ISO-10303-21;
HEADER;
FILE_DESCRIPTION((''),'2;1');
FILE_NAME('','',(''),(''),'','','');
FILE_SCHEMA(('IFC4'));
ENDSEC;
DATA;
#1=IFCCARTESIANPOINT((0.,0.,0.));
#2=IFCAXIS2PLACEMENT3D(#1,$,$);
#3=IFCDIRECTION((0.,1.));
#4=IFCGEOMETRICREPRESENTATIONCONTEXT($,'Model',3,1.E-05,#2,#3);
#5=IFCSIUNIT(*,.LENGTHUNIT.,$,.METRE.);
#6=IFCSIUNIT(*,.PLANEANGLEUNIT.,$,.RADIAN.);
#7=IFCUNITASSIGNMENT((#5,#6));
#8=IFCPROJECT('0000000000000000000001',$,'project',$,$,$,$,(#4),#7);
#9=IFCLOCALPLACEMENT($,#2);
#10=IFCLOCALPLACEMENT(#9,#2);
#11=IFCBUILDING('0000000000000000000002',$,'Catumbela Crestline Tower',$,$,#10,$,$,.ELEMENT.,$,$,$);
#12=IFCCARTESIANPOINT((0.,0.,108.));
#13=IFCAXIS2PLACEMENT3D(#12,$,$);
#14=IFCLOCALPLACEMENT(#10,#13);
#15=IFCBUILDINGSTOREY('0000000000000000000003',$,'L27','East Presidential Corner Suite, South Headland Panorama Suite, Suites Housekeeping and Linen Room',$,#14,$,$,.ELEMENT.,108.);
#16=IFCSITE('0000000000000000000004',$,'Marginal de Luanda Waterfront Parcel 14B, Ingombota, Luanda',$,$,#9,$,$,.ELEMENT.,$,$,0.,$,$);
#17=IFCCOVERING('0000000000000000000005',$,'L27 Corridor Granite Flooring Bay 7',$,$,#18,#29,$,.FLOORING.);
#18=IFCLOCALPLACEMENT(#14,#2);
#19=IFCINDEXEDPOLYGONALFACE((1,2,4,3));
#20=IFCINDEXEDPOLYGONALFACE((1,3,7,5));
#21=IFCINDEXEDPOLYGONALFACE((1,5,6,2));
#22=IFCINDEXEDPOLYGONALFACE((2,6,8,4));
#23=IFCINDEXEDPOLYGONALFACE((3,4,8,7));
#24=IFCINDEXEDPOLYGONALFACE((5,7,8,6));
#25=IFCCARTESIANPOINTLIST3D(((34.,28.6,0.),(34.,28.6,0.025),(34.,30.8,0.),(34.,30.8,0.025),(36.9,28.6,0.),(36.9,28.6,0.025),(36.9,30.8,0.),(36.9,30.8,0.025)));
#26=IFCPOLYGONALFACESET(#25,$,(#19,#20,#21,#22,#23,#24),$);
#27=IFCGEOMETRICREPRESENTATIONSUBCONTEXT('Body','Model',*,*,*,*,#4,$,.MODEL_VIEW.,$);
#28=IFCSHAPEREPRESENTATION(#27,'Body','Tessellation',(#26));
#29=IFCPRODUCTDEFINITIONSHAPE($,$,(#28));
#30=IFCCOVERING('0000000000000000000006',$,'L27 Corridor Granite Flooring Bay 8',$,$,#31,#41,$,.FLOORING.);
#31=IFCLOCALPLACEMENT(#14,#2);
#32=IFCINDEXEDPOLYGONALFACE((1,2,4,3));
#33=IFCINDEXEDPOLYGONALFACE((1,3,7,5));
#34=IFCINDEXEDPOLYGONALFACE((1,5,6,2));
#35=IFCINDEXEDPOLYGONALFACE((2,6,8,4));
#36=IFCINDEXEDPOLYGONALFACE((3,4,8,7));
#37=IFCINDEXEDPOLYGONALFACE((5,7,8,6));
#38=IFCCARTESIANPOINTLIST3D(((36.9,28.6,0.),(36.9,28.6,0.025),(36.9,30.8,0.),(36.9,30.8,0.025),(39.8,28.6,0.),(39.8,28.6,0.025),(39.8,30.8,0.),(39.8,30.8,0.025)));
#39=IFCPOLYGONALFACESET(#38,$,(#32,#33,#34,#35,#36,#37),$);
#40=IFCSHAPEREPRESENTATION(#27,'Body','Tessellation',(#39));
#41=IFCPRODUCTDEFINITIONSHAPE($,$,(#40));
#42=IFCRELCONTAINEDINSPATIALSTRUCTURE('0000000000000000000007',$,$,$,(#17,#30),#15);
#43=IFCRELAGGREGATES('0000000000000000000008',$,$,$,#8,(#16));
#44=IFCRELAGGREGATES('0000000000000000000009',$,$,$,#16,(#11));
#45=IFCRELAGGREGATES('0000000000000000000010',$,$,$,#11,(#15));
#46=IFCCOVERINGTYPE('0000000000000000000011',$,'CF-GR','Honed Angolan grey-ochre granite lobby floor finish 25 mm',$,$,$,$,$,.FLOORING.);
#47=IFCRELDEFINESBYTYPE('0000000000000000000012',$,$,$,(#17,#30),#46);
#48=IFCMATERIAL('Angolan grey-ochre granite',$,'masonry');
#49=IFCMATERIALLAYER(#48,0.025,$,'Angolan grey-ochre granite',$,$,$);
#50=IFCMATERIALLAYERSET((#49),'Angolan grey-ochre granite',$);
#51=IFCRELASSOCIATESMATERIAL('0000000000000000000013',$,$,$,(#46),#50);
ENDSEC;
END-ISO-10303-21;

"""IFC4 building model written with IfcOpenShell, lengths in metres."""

from ifc_helpers import new_model, si_unit, direction, frame, origin, place, context, subcontext, project, spatial, polyline, outline, extrude, material, layer, layer_set, type_object, element, save


model = new_model("IFC4")

# Units and contexts
model_context = context("Model", 3, precision=1e-05, world=origin(), true_north=direction((0.0, 1.0)))
body_context = subcontext(model_context, "Body", "Model", "MODEL_VIEW")
ifc_project = project(units=[si_unit("LENGTHUNIT", "METRE"), si_unit("PLANEANGLEUNIT", "RADIAN")], contexts=[model_context])

# Site, building, storey
site_placement = place(None, origin())
site = spatial("IfcSite", under=ifc_project, at=site_placement, Name="Marginal de Luanda Waterfront Parcel 14B, Ingombota, Luanda", CompositionType="ELEMENT", RefElevation=0.0)
building_placement = place(site_placement, origin())
building = spatial("IfcBuilding", under=site, at=building_placement, Name="Catumbela Crestline Tower", CompositionType="ELEMENT")
storey_placement = place(building_placement, frame((0.0, 0.0, 108.0)))
storey = spatial("IfcBuildingStorey", under=building, at=storey_placement, Name="L27", Description="East Presidential Corner Suite, South Headland Panorama Suite, Suites Housekeeping and Linen Room", CompositionType="ELEMENT", Elevation=108.0)

# Shared definitions
ifc_material_1 = material(Name="Angolan grey-ochre granite", Category="masonry")

# Coverings
ifc_layer_1 = layer(ifc_material_1, 0.025, Name="Angolan grey-ochre granite")
ifc_layer_set_1 = layer_set([ifc_layer_1], Name="Angolan grey-ochre granite")
covering_type_1 = type_object("IfcCoveringType", Name="CF-GR", Description="Honed Angolan grey-ochre granite lobby floor finish 25 mm", PredefinedType="FLOORING", material=ifc_layer_set_1)
covering_1_placement = place(storey_placement, origin())
element("IfcCovering", 1, at=covering_1_placement, inside=storey, type_object=covering_type_1, Name="L27 Corridor Granite Flooring Bay 7", PredefinedType="FLOORING", context=body_context, shape_type="SweptSolid", body=[
    extrude(outline(polyline([(34.0, 28.6), (36.9, 28.6), (36.9, 30.8), (34.0, 30.8), (34.0, 28.6)])), origin(), (0.0, 0.0, 1.0), 0.025),
])
covering_2_placement = place(storey_placement, origin())
element("IfcCovering", 2, at=covering_2_placement, inside=storey, type_object=covering_type_1, Name="L27 Corridor Granite Flooring Bay 8", PredefinedType="FLOORING", context=body_context, shape_type="SweptSolid", body=[
    extrude(outline(polyline([(36.9, 28.6), (39.8, 28.6), (39.8, 30.8), (36.9, 30.8), (36.9, 28.6)])), origin(), (0.0, 0.0, 1.0), 0.025),
])

save(model, "model.ifc")
